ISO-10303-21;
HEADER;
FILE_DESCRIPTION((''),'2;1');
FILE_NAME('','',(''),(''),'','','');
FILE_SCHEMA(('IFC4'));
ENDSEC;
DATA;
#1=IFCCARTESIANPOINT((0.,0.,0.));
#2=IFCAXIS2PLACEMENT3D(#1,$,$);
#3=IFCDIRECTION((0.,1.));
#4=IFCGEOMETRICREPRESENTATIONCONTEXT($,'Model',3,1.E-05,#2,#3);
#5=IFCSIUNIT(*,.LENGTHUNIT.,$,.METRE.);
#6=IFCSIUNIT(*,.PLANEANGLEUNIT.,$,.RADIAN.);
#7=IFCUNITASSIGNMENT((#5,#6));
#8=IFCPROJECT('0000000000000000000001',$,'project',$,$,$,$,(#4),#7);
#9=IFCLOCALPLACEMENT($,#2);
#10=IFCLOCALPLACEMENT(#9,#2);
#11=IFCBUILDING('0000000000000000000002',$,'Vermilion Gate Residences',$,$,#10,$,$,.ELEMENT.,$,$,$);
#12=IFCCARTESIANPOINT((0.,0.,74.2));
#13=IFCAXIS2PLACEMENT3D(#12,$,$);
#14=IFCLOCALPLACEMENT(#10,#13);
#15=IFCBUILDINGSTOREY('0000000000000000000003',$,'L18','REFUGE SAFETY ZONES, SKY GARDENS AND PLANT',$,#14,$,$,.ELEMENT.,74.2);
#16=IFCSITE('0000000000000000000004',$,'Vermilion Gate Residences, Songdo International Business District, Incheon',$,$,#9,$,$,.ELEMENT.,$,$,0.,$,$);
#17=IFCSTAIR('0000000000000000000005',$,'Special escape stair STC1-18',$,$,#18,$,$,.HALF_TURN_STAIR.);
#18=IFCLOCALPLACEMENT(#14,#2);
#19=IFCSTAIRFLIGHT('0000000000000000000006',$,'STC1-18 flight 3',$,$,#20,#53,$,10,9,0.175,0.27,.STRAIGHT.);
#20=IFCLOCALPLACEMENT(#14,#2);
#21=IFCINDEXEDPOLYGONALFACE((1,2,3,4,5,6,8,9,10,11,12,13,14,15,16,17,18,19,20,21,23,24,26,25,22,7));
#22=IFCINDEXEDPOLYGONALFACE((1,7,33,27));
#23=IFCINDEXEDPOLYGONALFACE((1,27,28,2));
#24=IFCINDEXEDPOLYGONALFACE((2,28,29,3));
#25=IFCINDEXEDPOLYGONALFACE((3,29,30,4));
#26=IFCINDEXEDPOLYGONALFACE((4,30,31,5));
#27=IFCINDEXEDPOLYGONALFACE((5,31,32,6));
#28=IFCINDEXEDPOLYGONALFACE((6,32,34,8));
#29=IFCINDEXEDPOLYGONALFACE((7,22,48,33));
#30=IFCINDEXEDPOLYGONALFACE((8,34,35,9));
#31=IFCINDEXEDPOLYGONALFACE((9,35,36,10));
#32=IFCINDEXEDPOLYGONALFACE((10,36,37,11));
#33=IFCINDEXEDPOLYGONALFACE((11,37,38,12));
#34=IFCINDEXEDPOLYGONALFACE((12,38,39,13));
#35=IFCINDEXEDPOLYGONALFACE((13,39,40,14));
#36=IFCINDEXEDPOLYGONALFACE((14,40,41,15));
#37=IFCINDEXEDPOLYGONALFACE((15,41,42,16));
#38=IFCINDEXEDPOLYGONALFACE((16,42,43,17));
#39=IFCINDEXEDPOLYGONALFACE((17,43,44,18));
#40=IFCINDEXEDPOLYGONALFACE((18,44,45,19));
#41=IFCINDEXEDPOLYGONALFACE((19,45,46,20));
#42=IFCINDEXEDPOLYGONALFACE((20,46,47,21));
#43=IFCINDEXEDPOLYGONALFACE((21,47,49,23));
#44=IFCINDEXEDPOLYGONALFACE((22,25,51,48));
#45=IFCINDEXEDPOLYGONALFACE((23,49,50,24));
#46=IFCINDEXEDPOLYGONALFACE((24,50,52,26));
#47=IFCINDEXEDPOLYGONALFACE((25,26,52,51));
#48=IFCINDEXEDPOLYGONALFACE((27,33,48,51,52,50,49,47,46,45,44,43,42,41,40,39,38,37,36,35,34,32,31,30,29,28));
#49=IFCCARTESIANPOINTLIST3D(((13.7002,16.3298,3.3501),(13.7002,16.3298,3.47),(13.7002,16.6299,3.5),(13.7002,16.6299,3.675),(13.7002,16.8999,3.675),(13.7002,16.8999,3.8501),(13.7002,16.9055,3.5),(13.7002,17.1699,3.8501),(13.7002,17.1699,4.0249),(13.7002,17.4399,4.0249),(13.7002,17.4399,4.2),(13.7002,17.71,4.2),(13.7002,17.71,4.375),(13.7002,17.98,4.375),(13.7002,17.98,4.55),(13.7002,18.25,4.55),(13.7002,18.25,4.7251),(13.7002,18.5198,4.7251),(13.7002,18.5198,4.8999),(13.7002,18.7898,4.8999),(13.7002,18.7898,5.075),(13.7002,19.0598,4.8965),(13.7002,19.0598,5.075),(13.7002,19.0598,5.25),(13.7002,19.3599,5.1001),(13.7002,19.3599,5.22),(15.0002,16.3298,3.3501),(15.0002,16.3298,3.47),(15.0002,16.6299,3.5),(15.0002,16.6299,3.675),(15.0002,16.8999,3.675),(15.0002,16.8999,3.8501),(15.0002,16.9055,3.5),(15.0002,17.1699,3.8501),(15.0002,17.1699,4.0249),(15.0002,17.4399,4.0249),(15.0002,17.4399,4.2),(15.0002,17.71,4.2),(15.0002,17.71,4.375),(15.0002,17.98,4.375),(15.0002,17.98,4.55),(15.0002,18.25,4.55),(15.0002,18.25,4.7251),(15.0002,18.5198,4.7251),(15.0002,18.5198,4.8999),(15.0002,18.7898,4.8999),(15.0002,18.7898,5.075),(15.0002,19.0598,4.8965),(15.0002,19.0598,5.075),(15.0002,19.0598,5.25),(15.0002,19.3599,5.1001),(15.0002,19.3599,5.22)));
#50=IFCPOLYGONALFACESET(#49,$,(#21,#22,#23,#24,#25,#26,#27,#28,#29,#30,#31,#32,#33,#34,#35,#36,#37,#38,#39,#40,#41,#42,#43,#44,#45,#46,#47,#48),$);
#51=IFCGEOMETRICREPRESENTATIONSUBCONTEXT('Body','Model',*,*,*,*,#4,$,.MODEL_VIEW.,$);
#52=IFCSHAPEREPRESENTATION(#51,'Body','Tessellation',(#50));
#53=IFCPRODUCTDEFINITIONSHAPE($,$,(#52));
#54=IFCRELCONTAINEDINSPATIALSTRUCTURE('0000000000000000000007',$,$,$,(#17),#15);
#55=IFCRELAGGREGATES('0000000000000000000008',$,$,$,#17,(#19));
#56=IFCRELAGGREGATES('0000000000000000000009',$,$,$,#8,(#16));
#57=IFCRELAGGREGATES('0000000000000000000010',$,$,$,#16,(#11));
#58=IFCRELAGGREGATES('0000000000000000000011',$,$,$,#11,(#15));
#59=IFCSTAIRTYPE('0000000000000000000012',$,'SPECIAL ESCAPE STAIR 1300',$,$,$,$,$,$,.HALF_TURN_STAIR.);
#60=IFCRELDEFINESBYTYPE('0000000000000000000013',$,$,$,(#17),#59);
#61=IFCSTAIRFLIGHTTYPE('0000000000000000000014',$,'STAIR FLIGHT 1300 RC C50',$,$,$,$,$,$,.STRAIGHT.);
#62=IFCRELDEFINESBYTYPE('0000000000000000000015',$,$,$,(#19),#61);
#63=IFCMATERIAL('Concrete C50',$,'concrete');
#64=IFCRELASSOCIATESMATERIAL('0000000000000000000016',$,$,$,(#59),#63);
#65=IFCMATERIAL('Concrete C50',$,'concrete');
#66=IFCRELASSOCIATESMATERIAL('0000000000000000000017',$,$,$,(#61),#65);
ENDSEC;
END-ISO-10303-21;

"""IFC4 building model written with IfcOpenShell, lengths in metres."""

from ifc_helpers import new_model, si_unit, direction, frame, origin, place, context, subcontext, project, spatial, polyline, outline, extrude, material, type_object, element, aggregate, save


model = new_model("IFC4")

# Units and contexts
model_context = context("Model", 3, precision=1e-05, world=origin(), true_north=direction((0.0, 1.0)))
body_context = subcontext(model_context, "Body", "Model", "MODEL_VIEW")
ifc_project = project(units=[si_unit("LENGTHUNIT", "METRE"), si_unit("PLANEANGLEUNIT", "RADIAN")], contexts=[model_context])

# Site, building, storey
site_placement = place(None, origin())
site = spatial("IfcSite", under=ifc_project, at=site_placement, Name="Vermilion Gate Residences, Songdo International Business District, Incheon", CompositionType="ELEMENT", RefElevation=0.0)
building_placement = place(site_placement, origin())
building = spatial("IfcBuilding", under=site, at=building_placement, Name="Vermilion Gate Residences", CompositionType="ELEMENT")
storey_placement = place(building_placement, frame((0.0, 0.0, 74.2)))
storey = spatial("IfcBuildingStorey", under=building, at=storey_placement, Name="L18", Description="REFUGE SAFETY ZONES, SKY GARDENS AND PLANT", CompositionType="ELEMENT", Elevation=74.2)

# Stair, stair flight
ifc_material_1 = material(Name="Concrete C50", Category="concrete")
stair_type = type_object("IfcStairType", Name="SPECIAL ESCAPE STAIR 1300", PredefinedType="HALF_TURN_STAIR", material=ifc_material_1)
stair_placement = place(storey_placement, origin())
stair = element("IfcStair", 1, at=stair_placement, inside=storey, type_object=stair_type, Name="Special escape stair STC1-18", PredefinedType="HALF_TURN_STAIR")
ifc_material_2 = material(Name="Concrete C50", Category="concrete")
stair_flight_type = type_object("IfcStairFlightType", Name="STAIR FLIGHT 1300 RC C50", PredefinedType="STRAIGHT", material=ifc_material_2)
stair_flight_1_placement = place(storey_placement, frame((14.3501, 16.6299, 3.5), z_axis=(0.0, 0.0, 1.0), x_axis=(0.0, 1.0, 0.0)))
stair_flight_1 = element("IfcStairFlight", 2, at=stair_flight_1_placement, type_object=stair_flight_type, Name="STC1-18 flight 3", NumberOfRisers=10, NumberOfTreads=9, PredefinedType="STRAIGHT", RiserHeight=0.175, TreadLength=0.27, context=body_context, shape_type="SweptSolid", body=[
    extrude(outline(polyline([(-0.3, -0.1499), (-0.3, -0.03), (0.0, 0.0), (0.0, 0.175), (0.27, 0.175), (0.27, 0.3501), (0.54, 0.3501), (0.54, 0.5249), (0.8101, 0.5249), (0.8101, 0.7), (1.0801, 0.7), (1.0801, 0.875), (1.3501, 0.875), (1.3501, 1.05), (1.6201, 1.05), (1.6201, 1.2251), (1.8899, 1.2251), (1.8899, 1.3999), (2.1599, 1.3999), (2.1599, 1.575), (2.4299, 1.575), (2.4299, 1.75), (2.73, 1.72), (2.73, 1.6001), (2.4299, 1.3965), (0.2756, 0.0), (-0.3, -0.1499)])), frame((0.0, 0.6499, 0.0), z_axis=(0.0, -1.0, 0.0), x_axis=(1.0, 0.0, 0.0)), (0.0, 0.0, 1.0), 1.3),
])
aggregate(stair, [stair_flight_1])

save(model, "model.ifc")
